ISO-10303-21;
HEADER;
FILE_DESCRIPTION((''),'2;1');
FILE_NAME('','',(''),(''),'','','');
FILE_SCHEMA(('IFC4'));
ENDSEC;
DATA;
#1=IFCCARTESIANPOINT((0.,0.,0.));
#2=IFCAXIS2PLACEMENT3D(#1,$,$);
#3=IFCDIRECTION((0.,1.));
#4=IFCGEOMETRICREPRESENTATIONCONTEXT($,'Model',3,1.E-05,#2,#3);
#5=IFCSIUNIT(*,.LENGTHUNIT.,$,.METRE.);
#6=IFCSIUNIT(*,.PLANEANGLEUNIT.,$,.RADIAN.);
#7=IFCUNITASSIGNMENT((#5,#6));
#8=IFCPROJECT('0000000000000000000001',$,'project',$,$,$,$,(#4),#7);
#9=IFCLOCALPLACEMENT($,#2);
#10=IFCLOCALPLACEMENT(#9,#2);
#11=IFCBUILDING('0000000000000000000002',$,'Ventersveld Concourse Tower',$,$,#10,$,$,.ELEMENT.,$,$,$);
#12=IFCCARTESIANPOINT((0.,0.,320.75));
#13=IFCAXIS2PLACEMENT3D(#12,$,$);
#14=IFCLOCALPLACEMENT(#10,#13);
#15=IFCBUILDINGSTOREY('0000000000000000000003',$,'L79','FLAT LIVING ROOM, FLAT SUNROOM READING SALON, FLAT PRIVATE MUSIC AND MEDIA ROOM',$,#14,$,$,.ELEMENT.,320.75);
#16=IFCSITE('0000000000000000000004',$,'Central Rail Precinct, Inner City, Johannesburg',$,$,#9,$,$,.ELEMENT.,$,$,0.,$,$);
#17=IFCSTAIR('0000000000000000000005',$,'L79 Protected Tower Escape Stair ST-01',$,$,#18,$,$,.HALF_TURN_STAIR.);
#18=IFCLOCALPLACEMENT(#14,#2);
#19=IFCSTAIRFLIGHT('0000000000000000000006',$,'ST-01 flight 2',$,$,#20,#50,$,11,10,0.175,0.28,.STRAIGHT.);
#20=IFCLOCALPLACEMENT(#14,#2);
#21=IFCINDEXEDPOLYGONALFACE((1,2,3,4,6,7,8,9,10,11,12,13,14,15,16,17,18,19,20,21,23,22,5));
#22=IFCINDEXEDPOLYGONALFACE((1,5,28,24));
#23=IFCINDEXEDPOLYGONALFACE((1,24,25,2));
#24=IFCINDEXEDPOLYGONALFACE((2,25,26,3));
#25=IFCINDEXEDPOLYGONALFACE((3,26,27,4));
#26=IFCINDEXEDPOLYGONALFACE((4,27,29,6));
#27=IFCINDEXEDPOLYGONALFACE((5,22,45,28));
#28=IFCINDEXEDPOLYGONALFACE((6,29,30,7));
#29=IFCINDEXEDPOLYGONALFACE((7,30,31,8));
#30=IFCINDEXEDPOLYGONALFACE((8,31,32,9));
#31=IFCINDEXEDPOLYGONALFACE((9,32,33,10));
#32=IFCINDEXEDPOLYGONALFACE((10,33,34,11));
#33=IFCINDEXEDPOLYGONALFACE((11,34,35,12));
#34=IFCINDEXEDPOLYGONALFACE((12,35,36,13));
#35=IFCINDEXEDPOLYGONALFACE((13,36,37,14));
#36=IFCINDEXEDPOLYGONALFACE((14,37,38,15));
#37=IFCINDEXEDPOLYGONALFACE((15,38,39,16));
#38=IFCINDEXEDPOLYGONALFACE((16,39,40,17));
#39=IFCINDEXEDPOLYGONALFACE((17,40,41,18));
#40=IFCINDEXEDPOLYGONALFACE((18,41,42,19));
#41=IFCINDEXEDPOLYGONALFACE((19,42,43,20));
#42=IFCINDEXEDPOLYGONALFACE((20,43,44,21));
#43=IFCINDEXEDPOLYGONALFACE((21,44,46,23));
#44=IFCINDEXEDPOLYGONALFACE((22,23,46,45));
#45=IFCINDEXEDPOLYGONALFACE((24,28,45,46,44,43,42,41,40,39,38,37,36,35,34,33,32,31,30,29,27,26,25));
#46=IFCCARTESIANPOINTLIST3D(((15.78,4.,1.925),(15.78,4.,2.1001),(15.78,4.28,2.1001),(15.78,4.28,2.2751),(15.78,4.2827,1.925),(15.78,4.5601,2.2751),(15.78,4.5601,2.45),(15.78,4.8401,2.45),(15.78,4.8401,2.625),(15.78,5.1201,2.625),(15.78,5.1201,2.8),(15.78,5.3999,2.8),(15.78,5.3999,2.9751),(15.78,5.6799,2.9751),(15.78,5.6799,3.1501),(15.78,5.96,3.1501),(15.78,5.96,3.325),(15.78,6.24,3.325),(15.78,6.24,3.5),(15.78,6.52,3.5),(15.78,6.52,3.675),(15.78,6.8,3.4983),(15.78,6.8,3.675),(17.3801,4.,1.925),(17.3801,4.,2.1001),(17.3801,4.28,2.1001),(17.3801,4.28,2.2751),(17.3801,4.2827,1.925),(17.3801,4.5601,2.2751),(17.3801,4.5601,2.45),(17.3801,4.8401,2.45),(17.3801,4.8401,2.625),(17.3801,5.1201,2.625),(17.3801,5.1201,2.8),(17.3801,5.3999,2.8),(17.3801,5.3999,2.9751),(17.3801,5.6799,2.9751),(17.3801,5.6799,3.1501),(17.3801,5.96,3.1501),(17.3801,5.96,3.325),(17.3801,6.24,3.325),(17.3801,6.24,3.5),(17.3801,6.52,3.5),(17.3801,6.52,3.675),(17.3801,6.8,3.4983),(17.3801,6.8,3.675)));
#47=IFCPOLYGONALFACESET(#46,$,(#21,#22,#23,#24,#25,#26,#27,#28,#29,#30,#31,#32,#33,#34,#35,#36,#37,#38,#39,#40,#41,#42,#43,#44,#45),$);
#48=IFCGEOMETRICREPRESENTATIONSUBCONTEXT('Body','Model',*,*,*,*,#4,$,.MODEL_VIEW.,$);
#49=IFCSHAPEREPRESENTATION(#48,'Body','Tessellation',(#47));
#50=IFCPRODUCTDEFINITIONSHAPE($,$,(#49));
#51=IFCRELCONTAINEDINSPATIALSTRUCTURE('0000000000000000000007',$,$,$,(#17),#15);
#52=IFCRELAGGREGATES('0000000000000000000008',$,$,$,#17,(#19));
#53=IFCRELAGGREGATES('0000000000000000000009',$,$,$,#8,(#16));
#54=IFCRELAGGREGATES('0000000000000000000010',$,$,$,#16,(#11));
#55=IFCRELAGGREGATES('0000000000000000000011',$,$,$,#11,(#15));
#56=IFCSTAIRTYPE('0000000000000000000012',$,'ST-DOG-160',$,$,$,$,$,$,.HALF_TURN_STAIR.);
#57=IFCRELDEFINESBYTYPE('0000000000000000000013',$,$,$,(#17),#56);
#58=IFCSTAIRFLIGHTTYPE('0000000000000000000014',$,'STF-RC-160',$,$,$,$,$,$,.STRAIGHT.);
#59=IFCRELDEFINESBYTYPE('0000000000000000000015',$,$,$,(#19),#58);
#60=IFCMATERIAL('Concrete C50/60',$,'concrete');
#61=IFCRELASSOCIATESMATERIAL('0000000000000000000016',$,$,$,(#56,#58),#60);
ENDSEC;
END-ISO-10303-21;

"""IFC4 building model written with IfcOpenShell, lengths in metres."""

from ifc_helpers import new_model, si_unit, direction, frame, origin, place, context, subcontext, project, spatial, polyline, outline, extrude, material, type_object, element, aggregate, save


model = new_model("IFC4")

# Units and contexts
model_context = context("Model", 3, precision=1e-05, world=origin(), true_north=direction((0.0, 1.0)))
body_context = subcontext(model_context, "Body", "Model", "MODEL_VIEW")
ifc_project = project(units=[si_unit("LENGTHUNIT", "METRE"), si_unit("PLANEANGLEUNIT", "RADIAN")], contexts=[model_context])

# Site, building, storey
site_placement = place(None, origin())
site = spatial("IfcSite", under=ifc_project, at=site_placement, Name="Central Rail Precinct, Inner City, Johannesburg", CompositionType="ELEMENT", RefElevation=0.0)
building_placement = place(site_placement, origin())
building = spatial("IfcBuilding", under=site, at=building_placement, Name="Ventersveld Concourse Tower", CompositionType="ELEMENT")
storey_placement = place(building_placement, frame((0.0, 0.0, 320.75)))
storey = spatial("IfcBuildingStorey", under=building, at=storey_placement, Name="L79", Description="FLAT LIVING ROOM, FLAT SUNROOM READING SALON, FLAT PRIVATE MUSIC AND MEDIA ROOM", CompositionType="ELEMENT", Elevation=320.75)

# Shared definitions
ifc_material_1 = material(Name="Concrete C50/60", Category="concrete")

# Stair, stair flight
stair_type = type_object("IfcStairType", Name="ST-DOG-160", PredefinedType="HALF_TURN_STAIR", material=ifc_material_1)
stair_placement = place(storey_placement, origin())
stair = element("IfcStair", 1, at=stair_placement, inside=storey, type_object=stair_type, Name="L79 Protected Tower Escape Stair ST-01", PredefinedType="HALF_TURN_STAIR")
stair_flight_type = type_object("IfcStairFlightType", Name="STF-RC-160", PredefinedType="STRAIGHT", material=ifc_material_1)
stair_flight_1_placement = place(storey_placement, frame((16.5801, 4.0, 1.925), z_axis=(0.0, 0.0, 1.0), x_axis=(0.0, 1.0, 0.0)))
stair_flight_1 = element("IfcStairFlight", 2, at=stair_flight_1_placement, type_object=stair_flight_type, Name="ST-01 flight 2", NumberOfRisers=11, NumberOfTreads=10, PredefinedType="STRAIGHT", RiserHeight=0.175, TreadLength=0.28, context=body_context, shape_type="SweptSolid", body=[
    extrude(outline(polyline([(0.0, 0.0), (0.0, 0.175), (0.28, 0.175), (0.28, 0.3501), (0.5601, 0.3501), (0.5601, 0.5249), (0.8401, 0.5249), (0.8401, 0.7), (1.1201, 0.7), (1.1201, 0.875), (1.3999, 0.875), (1.3999, 1.05), (1.6799, 1.05), (1.6799, 1.2251), (1.96, 1.2251), (1.96, 1.3999), (2.24, 1.3999), (2.24, 1.575), (2.52, 1.575), (2.52, 1.75), (2.8, 1.75), (2.8, 1.925), (2.8, 1.5732), (0.2827, 0.0), (0.0, 0.0)])), frame((0.0, 0.8, 0.0), z_axis=(0.0, -1.0, 0.0), x_axis=(1.0, 0.0, 0.0)), (0.0, 0.0, 1.0), 1.6001),
])
aggregate(stair, [stair_flight_1])

save(model, "model.ifc")
